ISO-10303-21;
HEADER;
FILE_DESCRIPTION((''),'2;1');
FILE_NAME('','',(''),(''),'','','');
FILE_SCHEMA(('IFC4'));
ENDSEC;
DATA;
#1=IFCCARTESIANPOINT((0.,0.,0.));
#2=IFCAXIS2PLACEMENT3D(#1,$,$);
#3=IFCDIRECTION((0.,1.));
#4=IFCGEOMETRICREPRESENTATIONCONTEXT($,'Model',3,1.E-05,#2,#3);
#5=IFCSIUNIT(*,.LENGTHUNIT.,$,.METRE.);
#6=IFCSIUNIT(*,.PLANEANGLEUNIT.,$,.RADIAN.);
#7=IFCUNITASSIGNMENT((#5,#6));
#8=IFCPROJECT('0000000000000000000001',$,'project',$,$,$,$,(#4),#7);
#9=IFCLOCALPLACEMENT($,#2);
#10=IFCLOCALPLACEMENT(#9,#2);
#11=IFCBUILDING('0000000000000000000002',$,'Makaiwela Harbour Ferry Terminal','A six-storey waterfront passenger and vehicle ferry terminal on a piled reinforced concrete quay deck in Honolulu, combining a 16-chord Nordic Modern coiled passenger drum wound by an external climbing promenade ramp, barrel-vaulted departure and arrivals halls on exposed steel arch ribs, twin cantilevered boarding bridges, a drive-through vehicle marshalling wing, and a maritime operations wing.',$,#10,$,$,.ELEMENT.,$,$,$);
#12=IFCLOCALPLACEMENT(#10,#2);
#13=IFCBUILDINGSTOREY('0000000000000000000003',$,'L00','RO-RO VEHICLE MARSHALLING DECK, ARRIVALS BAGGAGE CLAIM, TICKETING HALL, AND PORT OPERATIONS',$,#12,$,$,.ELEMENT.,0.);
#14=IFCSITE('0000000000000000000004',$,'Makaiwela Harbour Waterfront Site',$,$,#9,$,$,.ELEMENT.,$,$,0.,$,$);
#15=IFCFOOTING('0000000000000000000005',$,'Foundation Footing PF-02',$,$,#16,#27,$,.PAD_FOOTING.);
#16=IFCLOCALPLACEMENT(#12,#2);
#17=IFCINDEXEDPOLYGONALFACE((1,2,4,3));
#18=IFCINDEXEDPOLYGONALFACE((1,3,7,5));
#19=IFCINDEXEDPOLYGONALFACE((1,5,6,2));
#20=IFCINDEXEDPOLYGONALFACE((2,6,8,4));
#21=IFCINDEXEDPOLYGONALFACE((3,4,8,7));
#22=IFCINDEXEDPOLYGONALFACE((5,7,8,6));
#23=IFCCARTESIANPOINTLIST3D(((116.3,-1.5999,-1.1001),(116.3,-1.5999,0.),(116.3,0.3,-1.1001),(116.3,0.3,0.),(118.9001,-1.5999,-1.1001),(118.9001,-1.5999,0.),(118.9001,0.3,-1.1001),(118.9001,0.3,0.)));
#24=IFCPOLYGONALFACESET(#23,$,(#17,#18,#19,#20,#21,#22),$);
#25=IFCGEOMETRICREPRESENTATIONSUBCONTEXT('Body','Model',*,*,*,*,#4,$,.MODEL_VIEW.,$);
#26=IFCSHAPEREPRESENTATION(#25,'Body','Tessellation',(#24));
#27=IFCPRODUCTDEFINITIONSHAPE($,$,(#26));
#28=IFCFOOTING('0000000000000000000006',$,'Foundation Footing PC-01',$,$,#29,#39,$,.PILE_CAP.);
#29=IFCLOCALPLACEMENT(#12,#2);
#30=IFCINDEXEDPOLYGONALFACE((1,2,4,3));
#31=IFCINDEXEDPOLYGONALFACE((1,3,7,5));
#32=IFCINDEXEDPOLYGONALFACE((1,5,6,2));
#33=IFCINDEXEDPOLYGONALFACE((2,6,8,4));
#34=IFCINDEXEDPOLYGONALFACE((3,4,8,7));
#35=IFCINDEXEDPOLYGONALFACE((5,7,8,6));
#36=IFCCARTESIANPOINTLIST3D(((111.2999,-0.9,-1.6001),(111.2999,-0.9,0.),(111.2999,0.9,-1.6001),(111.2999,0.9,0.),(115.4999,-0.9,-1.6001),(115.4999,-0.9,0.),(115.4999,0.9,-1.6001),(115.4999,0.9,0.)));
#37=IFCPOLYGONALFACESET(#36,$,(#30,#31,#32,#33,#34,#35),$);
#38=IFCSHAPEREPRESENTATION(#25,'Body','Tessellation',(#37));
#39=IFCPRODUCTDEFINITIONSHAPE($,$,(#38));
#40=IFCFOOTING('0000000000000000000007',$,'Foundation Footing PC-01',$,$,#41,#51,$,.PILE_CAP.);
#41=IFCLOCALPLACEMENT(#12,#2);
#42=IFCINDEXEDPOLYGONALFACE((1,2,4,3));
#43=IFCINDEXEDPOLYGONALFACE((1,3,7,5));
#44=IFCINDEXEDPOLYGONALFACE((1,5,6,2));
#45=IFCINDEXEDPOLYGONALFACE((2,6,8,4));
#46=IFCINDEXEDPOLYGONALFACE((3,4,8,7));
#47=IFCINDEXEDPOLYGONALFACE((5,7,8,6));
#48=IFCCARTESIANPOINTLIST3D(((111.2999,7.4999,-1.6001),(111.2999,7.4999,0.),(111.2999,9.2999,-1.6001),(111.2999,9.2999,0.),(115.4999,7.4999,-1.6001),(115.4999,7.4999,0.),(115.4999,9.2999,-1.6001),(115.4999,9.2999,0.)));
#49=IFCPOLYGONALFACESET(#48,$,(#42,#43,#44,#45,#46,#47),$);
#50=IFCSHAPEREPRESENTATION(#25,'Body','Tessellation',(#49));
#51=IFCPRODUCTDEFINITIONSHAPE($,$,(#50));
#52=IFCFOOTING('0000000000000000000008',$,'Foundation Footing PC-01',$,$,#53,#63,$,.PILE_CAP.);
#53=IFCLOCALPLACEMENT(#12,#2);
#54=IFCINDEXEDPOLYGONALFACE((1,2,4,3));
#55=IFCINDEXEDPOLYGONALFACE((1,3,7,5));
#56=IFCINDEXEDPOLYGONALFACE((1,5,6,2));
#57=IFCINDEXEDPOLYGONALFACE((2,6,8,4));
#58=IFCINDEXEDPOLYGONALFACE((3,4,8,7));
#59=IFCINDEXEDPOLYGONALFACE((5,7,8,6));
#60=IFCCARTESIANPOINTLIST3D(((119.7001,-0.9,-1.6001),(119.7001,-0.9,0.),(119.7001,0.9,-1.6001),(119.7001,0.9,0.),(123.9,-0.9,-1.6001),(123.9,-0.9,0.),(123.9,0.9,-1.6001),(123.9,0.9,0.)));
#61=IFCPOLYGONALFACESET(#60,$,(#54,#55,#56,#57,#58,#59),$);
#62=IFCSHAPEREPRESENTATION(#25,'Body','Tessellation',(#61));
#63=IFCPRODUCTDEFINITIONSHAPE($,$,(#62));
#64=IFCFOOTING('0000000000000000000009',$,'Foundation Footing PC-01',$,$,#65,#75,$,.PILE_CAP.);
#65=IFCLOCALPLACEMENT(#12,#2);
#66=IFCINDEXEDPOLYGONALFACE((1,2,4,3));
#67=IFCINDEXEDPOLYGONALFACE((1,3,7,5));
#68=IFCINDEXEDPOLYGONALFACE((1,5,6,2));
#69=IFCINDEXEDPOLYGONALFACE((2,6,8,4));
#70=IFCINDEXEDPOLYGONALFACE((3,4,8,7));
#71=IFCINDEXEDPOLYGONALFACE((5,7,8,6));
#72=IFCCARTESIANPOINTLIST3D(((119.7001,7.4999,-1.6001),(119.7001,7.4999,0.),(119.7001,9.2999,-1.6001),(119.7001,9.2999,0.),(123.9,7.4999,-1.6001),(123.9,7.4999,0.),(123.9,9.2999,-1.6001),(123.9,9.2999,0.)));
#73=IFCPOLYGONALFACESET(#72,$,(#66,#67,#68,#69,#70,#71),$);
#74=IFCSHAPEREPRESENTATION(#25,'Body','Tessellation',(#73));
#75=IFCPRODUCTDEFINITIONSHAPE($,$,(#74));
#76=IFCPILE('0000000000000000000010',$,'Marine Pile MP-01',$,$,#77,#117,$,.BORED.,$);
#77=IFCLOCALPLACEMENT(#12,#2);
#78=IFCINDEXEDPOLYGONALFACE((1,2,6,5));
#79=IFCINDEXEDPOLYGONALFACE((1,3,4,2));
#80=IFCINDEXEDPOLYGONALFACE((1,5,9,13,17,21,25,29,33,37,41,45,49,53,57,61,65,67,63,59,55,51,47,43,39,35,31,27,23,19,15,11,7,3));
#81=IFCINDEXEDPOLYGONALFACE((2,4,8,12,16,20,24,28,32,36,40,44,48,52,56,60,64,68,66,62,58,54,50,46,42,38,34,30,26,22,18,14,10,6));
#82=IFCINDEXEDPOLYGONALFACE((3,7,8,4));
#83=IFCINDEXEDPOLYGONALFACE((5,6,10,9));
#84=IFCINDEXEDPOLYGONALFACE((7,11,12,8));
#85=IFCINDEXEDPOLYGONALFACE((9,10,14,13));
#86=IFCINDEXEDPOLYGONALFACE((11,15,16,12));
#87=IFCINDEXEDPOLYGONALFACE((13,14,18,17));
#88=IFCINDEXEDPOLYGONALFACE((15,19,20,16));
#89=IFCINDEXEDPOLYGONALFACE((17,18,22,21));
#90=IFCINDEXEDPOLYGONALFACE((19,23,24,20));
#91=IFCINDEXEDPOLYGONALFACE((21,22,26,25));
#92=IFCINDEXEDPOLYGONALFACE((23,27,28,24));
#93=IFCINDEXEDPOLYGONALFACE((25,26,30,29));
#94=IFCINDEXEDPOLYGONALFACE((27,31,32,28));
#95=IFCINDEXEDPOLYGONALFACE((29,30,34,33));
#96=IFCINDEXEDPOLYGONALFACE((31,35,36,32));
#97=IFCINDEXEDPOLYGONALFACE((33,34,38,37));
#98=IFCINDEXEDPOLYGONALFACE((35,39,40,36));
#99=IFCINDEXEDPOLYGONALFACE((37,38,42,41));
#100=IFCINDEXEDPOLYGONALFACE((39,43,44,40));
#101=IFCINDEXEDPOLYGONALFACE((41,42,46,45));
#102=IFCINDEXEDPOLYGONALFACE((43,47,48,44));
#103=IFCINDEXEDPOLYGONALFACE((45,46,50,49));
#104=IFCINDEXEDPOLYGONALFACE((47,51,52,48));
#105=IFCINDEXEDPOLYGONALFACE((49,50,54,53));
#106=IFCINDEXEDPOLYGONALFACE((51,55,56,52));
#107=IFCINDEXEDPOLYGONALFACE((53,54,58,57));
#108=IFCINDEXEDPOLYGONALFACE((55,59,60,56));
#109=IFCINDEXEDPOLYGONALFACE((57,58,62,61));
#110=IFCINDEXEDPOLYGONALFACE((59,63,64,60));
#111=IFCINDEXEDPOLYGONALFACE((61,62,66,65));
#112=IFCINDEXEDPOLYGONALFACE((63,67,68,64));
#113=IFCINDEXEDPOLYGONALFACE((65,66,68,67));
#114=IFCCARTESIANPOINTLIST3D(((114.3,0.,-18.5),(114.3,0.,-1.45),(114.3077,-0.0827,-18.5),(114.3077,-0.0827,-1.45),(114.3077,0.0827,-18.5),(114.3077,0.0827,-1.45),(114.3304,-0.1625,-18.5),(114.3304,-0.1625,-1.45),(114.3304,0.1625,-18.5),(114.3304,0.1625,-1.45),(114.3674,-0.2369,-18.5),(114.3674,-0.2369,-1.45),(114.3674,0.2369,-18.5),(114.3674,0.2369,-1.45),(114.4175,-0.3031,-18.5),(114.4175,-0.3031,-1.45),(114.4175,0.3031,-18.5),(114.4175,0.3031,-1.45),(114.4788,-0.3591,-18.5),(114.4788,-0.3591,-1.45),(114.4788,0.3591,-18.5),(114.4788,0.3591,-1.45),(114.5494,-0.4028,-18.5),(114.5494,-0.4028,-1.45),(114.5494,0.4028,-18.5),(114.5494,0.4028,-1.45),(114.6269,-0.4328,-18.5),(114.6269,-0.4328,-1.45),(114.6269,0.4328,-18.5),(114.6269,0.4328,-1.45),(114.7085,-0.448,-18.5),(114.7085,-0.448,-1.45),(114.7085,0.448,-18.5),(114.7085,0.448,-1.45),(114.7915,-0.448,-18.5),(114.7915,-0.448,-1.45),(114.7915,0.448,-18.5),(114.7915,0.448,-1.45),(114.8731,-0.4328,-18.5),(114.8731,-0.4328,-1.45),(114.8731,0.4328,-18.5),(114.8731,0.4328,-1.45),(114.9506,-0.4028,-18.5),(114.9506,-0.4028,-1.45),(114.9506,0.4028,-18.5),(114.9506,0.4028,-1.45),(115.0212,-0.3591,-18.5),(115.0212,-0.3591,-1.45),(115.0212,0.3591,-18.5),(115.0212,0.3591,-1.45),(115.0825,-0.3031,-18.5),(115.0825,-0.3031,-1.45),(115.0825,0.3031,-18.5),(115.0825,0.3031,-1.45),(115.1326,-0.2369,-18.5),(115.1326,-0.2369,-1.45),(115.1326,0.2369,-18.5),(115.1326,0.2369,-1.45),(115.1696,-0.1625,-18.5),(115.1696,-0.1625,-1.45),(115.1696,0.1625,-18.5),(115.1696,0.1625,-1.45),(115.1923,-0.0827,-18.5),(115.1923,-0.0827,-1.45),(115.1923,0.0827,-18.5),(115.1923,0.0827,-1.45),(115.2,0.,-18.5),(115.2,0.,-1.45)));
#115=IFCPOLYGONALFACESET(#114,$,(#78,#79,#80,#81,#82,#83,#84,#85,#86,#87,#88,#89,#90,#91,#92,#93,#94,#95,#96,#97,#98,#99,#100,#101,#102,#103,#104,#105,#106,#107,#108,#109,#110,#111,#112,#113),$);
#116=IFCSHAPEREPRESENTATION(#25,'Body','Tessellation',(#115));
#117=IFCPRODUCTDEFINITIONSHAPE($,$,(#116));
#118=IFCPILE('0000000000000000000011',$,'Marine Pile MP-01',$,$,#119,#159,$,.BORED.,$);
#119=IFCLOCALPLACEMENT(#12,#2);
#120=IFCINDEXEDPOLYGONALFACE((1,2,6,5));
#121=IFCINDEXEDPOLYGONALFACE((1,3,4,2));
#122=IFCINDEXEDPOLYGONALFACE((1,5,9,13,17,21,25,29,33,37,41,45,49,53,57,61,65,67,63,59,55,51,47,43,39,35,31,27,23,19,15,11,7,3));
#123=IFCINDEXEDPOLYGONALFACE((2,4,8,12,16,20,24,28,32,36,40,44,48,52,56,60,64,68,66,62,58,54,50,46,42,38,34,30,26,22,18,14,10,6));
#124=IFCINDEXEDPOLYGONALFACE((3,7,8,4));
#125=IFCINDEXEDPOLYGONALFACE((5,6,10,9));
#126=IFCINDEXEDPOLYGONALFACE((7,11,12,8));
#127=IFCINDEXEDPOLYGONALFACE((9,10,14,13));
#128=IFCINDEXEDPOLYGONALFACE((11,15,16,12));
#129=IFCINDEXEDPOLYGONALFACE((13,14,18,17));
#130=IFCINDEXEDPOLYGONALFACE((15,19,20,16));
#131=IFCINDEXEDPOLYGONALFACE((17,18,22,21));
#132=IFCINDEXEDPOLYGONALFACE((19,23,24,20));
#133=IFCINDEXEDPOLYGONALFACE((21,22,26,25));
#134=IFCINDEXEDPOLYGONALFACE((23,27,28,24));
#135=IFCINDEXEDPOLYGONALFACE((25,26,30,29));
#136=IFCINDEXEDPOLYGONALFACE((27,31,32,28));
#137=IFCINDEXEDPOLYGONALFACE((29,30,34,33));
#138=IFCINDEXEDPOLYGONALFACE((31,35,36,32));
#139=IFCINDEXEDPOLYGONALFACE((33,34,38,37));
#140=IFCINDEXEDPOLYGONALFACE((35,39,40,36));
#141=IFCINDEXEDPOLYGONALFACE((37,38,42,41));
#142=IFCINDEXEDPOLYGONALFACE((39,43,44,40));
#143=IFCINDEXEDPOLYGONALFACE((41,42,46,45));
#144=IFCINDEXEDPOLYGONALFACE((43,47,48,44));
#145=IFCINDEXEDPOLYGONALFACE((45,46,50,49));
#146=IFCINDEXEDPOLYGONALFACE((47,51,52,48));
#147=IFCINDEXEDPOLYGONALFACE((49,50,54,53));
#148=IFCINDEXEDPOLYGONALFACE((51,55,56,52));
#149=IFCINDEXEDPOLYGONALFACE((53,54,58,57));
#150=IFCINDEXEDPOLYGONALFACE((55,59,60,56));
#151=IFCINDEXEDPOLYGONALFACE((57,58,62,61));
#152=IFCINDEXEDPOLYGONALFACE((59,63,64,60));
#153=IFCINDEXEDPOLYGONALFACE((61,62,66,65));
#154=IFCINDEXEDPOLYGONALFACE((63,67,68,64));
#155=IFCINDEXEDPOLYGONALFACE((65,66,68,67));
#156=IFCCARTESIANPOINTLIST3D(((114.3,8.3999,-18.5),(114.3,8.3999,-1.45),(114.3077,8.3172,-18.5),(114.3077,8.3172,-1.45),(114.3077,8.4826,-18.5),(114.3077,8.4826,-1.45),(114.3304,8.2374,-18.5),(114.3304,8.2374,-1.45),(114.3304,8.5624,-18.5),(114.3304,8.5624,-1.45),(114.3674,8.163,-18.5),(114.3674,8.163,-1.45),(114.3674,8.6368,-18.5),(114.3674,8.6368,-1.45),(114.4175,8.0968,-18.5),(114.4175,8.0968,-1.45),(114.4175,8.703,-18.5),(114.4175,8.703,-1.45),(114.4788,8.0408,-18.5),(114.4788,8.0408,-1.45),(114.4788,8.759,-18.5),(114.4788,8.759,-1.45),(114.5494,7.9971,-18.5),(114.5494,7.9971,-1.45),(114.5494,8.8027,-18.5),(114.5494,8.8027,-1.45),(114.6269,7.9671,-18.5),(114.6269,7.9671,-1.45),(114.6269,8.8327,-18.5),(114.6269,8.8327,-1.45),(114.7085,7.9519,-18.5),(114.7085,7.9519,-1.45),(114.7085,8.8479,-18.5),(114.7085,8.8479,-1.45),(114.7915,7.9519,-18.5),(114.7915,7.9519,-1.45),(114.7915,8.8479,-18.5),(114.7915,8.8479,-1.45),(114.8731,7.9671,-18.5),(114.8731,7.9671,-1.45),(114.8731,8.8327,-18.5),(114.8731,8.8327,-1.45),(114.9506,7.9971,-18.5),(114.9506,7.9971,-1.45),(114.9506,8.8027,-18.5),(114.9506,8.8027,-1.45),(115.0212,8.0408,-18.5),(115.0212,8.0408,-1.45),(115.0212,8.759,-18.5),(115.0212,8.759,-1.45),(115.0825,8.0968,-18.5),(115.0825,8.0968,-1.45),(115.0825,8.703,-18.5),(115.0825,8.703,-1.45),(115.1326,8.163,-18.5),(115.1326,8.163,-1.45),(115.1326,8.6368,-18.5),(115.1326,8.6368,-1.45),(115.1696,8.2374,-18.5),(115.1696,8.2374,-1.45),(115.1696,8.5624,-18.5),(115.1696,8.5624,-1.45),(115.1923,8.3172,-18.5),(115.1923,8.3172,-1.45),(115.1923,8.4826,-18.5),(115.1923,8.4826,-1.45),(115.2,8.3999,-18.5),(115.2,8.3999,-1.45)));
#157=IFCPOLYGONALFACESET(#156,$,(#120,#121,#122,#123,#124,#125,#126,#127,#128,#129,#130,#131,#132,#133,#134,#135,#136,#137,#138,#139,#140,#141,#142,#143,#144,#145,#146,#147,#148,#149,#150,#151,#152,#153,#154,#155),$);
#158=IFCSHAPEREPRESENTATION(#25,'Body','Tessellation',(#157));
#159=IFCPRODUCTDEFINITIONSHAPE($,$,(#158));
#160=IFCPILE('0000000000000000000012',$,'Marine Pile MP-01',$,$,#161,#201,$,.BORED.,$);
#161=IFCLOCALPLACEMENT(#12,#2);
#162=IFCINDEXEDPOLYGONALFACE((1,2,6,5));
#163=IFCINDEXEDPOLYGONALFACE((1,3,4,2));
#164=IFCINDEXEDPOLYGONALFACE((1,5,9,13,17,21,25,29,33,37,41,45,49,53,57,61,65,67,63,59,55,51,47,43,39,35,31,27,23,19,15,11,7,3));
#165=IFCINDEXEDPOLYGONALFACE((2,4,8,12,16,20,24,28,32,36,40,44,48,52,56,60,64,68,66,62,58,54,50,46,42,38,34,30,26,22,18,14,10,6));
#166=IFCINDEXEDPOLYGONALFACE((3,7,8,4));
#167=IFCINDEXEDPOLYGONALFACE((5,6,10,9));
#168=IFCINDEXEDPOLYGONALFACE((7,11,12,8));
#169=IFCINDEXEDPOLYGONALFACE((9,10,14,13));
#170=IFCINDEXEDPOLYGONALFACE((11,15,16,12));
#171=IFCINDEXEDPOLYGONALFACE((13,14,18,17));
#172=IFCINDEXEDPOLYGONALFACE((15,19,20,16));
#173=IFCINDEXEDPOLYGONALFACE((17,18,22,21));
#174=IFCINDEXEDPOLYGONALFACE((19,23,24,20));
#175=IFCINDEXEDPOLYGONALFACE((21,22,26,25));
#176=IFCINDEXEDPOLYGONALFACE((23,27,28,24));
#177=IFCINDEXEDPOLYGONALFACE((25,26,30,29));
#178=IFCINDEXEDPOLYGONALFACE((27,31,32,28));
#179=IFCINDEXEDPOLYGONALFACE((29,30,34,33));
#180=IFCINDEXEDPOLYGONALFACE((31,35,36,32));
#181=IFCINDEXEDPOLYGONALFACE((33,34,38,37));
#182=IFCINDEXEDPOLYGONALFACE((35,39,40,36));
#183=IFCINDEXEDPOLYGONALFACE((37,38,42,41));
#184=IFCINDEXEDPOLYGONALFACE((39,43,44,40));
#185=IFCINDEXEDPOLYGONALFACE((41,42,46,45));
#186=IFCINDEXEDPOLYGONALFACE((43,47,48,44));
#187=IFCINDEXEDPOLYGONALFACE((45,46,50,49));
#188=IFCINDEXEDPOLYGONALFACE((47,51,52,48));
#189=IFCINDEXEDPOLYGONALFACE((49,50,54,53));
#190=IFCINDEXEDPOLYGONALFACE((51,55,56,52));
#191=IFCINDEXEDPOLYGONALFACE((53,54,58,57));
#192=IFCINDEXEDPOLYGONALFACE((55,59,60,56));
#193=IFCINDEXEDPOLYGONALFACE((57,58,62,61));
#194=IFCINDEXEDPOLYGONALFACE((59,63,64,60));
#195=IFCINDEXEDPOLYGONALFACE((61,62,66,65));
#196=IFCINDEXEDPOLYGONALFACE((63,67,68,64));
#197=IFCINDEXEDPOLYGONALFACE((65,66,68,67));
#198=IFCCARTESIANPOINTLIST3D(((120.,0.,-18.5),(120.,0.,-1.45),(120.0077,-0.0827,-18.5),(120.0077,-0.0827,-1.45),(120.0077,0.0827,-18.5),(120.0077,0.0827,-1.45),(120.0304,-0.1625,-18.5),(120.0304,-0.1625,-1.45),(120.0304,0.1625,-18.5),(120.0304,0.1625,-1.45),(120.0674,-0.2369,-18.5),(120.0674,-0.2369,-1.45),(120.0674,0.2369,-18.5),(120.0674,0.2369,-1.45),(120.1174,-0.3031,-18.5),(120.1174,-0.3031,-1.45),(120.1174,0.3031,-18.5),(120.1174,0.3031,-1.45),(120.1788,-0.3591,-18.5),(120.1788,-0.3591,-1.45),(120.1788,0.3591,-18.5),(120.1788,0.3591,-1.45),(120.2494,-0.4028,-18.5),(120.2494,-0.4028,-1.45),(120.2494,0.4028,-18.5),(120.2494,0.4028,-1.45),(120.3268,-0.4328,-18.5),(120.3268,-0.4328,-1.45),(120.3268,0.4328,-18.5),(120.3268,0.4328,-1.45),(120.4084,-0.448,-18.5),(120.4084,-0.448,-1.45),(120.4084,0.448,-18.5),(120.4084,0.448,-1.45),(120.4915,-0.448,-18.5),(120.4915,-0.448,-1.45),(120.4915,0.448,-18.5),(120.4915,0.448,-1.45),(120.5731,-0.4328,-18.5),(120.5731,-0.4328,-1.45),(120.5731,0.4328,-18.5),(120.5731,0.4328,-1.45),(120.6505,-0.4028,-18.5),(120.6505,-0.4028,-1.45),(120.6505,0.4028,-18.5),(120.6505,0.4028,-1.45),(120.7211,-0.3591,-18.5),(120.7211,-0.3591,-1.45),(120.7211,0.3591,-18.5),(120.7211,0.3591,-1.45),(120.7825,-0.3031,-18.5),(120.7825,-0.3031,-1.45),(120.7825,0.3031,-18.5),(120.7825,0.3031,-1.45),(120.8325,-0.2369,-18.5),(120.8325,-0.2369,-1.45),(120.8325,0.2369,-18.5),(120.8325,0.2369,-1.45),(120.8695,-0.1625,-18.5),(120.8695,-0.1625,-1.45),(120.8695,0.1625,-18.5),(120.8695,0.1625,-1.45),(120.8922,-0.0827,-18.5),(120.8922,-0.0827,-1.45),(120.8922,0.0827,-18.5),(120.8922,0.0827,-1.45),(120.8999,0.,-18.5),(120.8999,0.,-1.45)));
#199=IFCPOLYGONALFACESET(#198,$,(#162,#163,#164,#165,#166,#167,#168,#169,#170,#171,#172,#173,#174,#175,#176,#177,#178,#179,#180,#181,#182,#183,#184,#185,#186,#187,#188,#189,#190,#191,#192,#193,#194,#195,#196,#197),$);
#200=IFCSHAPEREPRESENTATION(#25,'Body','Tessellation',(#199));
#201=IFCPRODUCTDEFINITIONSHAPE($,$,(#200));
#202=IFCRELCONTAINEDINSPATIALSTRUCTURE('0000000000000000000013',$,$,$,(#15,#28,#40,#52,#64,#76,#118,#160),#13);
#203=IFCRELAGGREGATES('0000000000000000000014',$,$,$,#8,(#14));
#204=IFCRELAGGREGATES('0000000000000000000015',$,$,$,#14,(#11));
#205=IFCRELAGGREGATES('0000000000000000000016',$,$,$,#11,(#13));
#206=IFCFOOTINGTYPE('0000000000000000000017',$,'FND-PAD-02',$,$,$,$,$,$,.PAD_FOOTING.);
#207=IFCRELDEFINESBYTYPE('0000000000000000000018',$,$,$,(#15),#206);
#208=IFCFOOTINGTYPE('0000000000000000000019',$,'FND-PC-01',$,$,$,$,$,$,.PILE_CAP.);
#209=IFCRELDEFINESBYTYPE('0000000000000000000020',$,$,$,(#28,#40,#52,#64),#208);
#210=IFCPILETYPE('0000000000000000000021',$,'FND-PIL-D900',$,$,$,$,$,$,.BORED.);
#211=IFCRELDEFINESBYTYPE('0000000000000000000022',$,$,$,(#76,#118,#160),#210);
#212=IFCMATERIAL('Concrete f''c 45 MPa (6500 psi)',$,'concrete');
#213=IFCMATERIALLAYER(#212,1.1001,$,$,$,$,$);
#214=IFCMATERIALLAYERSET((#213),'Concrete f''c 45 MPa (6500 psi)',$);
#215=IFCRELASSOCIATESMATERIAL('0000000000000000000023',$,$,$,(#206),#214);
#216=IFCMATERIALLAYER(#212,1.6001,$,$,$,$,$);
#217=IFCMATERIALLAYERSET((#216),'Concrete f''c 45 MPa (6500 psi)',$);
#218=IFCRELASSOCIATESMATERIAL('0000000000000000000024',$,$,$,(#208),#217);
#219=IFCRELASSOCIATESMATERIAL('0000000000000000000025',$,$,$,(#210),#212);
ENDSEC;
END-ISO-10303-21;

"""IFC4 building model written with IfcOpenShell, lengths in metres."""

from ifc_helpers import new_model, si_unit, direction, frame, origin, origin_2d, place, context, subcontext, project, spatial, rectangle, circle, extrude, material, layer, layer_set, material_profile, profile_set, type_object, element, save


model = new_model("IFC4")

# Units and contexts
model_context = context("Model", 3, precision=1e-05, world=origin(), true_north=direction((0.0, 1.0)))
body_context = subcontext(model_context, "Body", "Model", "MODEL_VIEW")
ifc_project = project(units=[si_unit("LENGTHUNIT", "METRE"), si_unit("PLANEANGLEUNIT", "RADIAN")], contexts=[model_context])

# Site, building, storey
site_placement = place(None, origin())
site = spatial("IfcSite", under=ifc_project, at=site_placement, Name="Makaiwela Harbour Waterfront Site", CompositionType="ELEMENT", RefElevation=0.0)
building_placement = place(site_placement, origin())
building = spatial("IfcBuilding", under=site, at=building_placement, Name="Makaiwela Harbour Ferry Terminal", Description="A six-storey waterfront passenger and vehicle ferry terminal on a piled reinforced concrete quay deck in Honolulu, combining a 16-chord Nordic Modern coiled passenger drum wound by an external climbing promenade ramp, barrel-vaulted departure and arrivals halls on exposed steel arch ribs, twin cantilevered boarding bridges, a drive-through vehicle marshalling wing, and a maritime operations wing.", CompositionType="ELEMENT")
storey_placement = place(building_placement, origin())
storey = spatial("IfcBuildingStorey", under=building, at=storey_placement, Name="L00", Description="RO-RO VEHICLE MARSHALLING DECK, ARRIVALS BAGGAGE CLAIM, TICKETING HALL, AND PORT OPERATIONS", CompositionType="ELEMENT", Elevation=0.0)

# Footings
ifc_material_1 = material(Name="Concrete f'c 45 MPa (6500 psi)", Category="concrete")
ifc_layer_1 = layer(ifc_material_1, 1.1001)
ifc_layer_set_1 = layer_set([ifc_layer_1], Name="Concrete f'c 45 MPa (6500 psi)")
footing_type_1 = type_object("IfcFootingType", Name="FND-PAD-02", PredefinedType="PAD_FOOTING", material=ifc_layer_set_1)
footing_1_placement = place(storey_placement, frame((117.6001, -0.6499, -1.1001), z_axis=(0.0, 0.0, 1.0), x_axis=(1.0, 0.0, 0.0)))
element("IfcFooting", 1, at=footing_1_placement, inside=storey, type_object=footing_type_1, Name="Foundation Footing PF-02", PredefinedType="PAD_FOOTING", context=body_context, shape_type="SweptSolid", body=[
    extrude(rectangle(XDim=2.6001, YDim=1.8999, at=origin_2d()), origin(), (0.0, 0.0, 1.0), 1.1001),
])
ifc_layer_2 = layer(ifc_material_1, 1.6001)
ifc_layer_set_2 = layer_set([ifc_layer_2], Name="Concrete f'c 45 MPa (6500 psi)")
footing_type_2 = type_object("IfcFootingType", Name="FND-PC-01", PredefinedType="PILE_CAP", material=ifc_layer_set_2)
for number, where, z_axis, x_axis, name in (
    (2, (113.3999, 0.0, -1.6001), (0.0, 0.0, 1.0), (1.0, 0.0, 0.0), "Foundation Footing PC-01"),
    (3, (113.3999, 8.3999, -1.6001), (0.0, 0.0, 1.0), (1.0, 0.0, 0.0), "Foundation Footing PC-01"),
    (4, (121.8, 0.0, -1.6001), (0.0, 0.0, 1.0), (1.0, 0.0, 0.0), "Foundation Footing PC-01"),
    (5, (121.8, 8.3999, -1.6001), (0.0, 0.0, 1.0), (1.0, 0.0, 0.0), "Foundation Footing PC-01"),
):
    element("IfcFooting", number, at=place(storey_placement, frame(where, z_axis=z_axis, x_axis=x_axis)), inside=storey, type_object=footing_type_2, Name=name, PredefinedType="PILE_CAP", context=body_context, shape_type="SweptSolid", body=[
        extrude(rectangle(XDim=4.2, YDim=1.8, at=origin_2d()), origin(), (0.0, 0.0, 1.0), 1.6001),
    ])

# Piles
ifc_material_profile_1 = material_profile(ifc_material_1, circle(Radius=0.45, at=origin_2d()), Name="PILE-D900")
ifc_profile_set_1 = profile_set([ifc_material_profile_1], Name="Concrete f'c 45 MPa (6500 psi)")
pile_type = type_object("IfcPileType", Name="FND-PIL-D900", PredefinedType="BORED", material=ifc_profile_set_1)
for number, where, z_axis, x_axis, name in (
    (6, (114.75, 0.0, -1.45), (0.0, 0.0, -1.0), (1.0, 0.0, 0.0), "Marine Pile MP-01"),
    (7, (114.75, 8.3999, -1.45), (0.0, 0.0, -1.0), (1.0, 0.0, 0.0), "Marine Pile MP-01"),
    (8, (120.45, 0.0, -1.45), (0.0, 0.0, -1.0), (1.0, 0.0, 0.0), "Marine Pile MP-01"),
):
    element("IfcPile", number, at=place(storey_placement, frame(where, z_axis=z_axis, x_axis=x_axis)), inside=storey, type_object=pile_type, Name=name, PredefinedType="BORED", context=body_context, shape_type="SweptSolid", body=[
        extrude(circle(Radius=0.45, at=origin_2d()), origin(), (0.0, 0.0, 1.0), 17.05),
    ])

save(model, "model.ifc")
